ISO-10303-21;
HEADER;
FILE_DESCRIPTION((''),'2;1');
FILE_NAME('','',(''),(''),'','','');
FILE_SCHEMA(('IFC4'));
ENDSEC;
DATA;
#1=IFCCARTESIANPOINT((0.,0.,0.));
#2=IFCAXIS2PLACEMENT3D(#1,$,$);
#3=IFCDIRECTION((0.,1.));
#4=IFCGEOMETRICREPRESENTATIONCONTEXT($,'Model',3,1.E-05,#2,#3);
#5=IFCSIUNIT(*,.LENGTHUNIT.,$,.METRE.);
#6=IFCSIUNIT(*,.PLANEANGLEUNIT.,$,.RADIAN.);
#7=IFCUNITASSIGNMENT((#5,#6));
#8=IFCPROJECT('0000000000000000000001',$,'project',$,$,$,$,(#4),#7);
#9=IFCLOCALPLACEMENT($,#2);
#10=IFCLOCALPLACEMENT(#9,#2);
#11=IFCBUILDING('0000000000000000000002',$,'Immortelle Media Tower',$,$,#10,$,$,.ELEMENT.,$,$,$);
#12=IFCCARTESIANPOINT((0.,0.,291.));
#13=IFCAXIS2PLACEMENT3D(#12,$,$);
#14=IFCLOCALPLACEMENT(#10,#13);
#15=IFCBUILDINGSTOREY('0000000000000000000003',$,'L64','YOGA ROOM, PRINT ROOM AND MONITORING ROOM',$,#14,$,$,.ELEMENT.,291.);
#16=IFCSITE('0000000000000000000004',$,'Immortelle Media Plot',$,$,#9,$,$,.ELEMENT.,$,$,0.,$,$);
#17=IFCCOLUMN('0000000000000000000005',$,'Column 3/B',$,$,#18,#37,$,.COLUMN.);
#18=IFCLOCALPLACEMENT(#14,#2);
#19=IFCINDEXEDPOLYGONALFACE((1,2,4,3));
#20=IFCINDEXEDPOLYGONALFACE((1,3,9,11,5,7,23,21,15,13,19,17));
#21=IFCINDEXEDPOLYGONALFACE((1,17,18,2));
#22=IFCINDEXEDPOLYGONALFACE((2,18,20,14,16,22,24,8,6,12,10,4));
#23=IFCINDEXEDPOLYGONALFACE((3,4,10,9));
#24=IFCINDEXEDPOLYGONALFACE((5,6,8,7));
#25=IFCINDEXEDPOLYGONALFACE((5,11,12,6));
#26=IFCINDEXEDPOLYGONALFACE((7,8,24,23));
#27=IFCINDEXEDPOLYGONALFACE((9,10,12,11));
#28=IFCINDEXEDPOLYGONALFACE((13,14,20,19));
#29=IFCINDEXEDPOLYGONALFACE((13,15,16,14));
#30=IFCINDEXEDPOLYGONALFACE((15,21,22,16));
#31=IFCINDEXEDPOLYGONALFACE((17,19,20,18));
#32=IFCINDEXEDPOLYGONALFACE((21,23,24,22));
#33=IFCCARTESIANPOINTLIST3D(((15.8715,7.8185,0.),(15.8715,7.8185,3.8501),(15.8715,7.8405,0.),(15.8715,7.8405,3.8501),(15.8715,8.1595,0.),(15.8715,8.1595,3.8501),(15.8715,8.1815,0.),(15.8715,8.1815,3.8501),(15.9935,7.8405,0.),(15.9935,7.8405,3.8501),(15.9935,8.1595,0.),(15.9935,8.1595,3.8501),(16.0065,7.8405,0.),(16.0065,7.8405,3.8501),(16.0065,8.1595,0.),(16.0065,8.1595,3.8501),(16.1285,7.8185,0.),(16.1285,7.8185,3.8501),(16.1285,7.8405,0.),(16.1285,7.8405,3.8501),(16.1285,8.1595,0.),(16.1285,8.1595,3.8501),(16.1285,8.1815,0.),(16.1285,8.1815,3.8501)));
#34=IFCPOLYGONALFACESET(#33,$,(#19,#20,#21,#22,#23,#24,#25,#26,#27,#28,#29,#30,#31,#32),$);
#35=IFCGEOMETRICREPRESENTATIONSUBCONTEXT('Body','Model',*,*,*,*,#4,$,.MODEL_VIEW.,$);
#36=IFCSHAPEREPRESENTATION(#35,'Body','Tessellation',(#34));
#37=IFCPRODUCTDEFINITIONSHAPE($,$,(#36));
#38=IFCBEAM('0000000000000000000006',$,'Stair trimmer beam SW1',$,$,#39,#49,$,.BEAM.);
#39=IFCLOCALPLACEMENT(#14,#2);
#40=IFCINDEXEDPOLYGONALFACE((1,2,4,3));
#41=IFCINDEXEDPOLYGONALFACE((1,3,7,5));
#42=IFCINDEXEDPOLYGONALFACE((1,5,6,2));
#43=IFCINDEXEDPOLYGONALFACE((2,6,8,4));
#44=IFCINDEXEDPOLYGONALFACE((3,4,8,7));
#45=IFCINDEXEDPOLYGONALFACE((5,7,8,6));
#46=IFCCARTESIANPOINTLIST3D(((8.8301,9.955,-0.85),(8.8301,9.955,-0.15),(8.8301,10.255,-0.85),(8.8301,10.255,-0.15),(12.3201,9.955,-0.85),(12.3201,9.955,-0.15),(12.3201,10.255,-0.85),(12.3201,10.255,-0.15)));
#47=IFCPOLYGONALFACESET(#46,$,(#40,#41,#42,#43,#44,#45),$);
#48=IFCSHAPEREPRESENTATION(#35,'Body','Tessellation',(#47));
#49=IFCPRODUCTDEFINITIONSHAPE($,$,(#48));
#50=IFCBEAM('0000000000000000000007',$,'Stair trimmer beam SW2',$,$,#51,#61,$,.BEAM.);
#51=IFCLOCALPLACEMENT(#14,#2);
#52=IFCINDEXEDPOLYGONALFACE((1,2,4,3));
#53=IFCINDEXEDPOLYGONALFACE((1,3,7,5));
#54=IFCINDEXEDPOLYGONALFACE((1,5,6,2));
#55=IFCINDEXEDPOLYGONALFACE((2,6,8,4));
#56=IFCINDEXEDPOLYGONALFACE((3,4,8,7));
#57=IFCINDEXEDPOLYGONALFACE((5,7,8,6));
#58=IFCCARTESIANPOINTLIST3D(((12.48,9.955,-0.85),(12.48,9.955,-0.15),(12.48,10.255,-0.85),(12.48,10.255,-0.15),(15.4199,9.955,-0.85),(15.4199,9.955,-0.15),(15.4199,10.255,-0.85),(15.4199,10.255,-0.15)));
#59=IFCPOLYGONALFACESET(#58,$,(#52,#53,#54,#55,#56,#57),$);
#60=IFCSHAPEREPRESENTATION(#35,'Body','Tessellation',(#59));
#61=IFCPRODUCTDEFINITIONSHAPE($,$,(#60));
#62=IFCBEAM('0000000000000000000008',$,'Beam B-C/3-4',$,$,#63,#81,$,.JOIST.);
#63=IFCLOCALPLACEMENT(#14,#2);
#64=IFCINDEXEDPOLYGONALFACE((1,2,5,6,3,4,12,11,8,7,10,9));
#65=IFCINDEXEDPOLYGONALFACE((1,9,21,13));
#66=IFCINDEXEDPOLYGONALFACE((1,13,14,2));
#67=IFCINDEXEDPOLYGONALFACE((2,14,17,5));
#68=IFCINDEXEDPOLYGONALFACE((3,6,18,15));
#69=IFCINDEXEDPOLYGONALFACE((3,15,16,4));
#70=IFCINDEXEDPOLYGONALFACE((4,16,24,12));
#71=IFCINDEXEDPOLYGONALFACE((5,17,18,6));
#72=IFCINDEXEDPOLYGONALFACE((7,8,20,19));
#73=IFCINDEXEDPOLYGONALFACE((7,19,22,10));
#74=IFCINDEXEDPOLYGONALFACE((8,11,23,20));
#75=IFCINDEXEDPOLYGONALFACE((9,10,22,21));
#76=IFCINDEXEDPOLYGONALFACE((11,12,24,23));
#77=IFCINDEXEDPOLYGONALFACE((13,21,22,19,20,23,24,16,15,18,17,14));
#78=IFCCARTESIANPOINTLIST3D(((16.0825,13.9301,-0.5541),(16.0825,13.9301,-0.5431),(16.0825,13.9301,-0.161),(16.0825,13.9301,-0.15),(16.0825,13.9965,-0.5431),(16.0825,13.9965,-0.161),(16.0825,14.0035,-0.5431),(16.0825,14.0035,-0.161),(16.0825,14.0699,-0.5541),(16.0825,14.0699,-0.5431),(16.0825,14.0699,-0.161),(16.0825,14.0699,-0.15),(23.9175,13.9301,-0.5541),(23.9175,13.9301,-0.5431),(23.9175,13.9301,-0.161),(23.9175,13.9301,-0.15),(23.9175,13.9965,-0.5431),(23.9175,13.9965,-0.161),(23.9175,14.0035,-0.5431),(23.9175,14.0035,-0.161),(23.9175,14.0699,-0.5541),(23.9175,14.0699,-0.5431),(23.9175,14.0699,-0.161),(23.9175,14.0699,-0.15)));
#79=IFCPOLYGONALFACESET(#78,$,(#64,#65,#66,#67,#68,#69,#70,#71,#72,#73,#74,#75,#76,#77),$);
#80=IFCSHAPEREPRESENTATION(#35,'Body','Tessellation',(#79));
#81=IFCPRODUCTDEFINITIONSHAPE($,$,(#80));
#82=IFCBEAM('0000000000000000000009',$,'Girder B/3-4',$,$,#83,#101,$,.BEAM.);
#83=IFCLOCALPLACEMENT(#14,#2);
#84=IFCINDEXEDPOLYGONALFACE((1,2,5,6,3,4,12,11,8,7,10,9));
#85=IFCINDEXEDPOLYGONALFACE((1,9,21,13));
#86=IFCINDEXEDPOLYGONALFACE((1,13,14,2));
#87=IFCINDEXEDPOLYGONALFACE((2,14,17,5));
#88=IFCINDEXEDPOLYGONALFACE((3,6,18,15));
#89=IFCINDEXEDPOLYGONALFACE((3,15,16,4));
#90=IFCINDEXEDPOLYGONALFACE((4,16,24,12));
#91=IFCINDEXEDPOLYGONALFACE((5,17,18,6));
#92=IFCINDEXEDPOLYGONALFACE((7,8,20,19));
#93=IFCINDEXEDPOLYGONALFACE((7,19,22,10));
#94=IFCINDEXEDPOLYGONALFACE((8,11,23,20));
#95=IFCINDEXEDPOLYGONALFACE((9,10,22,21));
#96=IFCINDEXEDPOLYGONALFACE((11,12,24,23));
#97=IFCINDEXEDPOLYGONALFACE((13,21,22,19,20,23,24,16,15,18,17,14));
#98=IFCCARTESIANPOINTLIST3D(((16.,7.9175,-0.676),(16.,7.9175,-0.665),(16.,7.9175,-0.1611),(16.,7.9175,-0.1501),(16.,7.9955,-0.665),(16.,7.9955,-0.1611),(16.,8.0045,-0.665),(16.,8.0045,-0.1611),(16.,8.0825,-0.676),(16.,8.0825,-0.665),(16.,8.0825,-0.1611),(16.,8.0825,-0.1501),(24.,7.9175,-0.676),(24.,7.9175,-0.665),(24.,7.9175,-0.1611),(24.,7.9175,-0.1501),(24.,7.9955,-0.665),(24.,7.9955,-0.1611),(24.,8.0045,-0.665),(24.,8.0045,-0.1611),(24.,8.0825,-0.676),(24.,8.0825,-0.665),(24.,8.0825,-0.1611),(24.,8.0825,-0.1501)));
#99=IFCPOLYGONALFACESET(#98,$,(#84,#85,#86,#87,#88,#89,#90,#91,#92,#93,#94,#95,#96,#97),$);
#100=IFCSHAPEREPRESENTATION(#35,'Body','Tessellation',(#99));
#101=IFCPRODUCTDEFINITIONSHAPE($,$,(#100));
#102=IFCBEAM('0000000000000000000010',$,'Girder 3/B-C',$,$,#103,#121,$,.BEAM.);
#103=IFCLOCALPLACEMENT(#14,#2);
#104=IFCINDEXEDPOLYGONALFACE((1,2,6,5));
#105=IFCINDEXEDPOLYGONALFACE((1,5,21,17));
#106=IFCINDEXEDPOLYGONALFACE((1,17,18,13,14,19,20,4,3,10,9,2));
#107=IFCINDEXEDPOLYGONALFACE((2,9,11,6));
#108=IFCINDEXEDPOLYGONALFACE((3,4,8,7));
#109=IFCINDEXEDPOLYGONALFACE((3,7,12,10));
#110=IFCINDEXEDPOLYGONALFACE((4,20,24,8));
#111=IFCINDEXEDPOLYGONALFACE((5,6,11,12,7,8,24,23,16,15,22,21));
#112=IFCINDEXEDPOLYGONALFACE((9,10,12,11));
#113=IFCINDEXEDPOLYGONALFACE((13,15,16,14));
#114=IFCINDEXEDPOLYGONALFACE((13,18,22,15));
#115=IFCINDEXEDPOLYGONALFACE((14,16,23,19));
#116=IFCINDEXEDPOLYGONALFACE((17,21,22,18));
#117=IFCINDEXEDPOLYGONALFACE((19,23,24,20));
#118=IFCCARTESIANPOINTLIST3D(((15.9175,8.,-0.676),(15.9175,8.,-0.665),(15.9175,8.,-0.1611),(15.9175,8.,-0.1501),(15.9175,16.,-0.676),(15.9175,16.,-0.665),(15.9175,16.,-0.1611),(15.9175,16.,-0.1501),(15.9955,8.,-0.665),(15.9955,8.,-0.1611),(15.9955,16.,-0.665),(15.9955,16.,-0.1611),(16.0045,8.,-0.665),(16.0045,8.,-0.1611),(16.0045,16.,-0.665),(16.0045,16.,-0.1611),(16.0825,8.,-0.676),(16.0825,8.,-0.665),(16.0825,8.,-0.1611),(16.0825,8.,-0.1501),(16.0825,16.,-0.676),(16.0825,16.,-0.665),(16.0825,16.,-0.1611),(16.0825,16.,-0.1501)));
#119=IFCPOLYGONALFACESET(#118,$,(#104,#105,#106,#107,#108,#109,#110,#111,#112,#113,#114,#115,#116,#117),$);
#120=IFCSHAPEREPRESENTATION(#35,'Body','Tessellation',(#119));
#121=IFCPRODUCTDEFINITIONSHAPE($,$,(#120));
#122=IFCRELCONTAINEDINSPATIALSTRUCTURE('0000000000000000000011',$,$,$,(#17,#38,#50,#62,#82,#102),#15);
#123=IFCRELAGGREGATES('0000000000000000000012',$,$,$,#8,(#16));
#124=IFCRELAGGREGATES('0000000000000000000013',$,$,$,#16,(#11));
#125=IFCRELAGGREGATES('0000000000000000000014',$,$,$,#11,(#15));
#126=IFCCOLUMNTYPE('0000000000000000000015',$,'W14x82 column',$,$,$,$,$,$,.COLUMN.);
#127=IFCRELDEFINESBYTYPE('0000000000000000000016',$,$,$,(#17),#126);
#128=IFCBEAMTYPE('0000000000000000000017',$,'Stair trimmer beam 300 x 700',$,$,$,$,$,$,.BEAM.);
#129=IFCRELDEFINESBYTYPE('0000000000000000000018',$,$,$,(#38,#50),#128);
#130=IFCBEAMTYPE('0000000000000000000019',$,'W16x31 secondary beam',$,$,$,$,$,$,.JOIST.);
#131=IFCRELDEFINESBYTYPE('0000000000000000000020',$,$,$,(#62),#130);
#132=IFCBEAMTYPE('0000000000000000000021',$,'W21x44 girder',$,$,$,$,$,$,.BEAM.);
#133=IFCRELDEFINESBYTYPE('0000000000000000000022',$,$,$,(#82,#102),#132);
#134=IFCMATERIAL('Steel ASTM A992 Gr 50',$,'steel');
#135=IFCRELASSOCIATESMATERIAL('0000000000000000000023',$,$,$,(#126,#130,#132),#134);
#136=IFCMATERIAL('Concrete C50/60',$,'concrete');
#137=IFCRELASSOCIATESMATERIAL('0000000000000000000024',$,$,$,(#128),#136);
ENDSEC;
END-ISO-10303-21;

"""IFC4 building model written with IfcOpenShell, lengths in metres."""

from ifc_helpers import new_model, si_unit, direction, frame, origin, origin_2d, place, context, subcontext, project, spatial, rectangle, i_section, extrude, material, material_profile, profile_set, type_object, element, save


model = new_model("IFC4")

# Units and contexts
model_context = context("Model", 3, precision=1e-05, world=origin(), true_north=direction((0.0, 1.0)))
body_context = subcontext(model_context, "Body", "Model", "MODEL_VIEW")
ifc_project = project(units=[si_unit("LENGTHUNIT", "METRE"), si_unit("PLANEANGLEUNIT", "RADIAN")], contexts=[model_context])

# Site, building, storey
site_placement = place(None, origin())
site = spatial("IfcSite", under=ifc_project, at=site_placement, Name="Immortelle Media Plot", CompositionType="ELEMENT", RefElevation=0.0)
building_placement = place(site_placement, origin())
building = spatial("IfcBuilding", under=site, at=building_placement, Name="Immortelle Media Tower", CompositionType="ELEMENT")
storey_placement = place(building_placement, frame((0.0, 0.0, 291.0)))
storey = spatial("IfcBuildingStorey", under=building, at=storey_placement, Name="L64", Description="YOGA ROOM, PRINT ROOM AND MONITORING ROOM", CompositionType="ELEMENT", Elevation=291.0)

# Column
ifc_material_1 = material(Name="Steel ASTM A992 Gr 50", Category="steel")
ifc_material_profile_1 = material_profile(ifc_material_1, i_section(OverallWidth=0.2571, OverallDepth=0.363, WebThickness=0.0129, FlangeThickness=0.022, at=origin_2d()), Name="W14x82")
ifc_profile_set_1 = profile_set([ifc_material_profile_1], Name="Steel ASTM A992 Gr 50")
column_type = type_object("IfcColumnType", Name="W14x82 column", PredefinedType="COLUMN", material=ifc_profile_set_1)
column_placement = place(storey_placement, frame((16.0, 8.0, 0.0), z_axis=(0.0, 0.0, 1.0), x_axis=(1.0, 0.0, 0.0)))
element("IfcColumn", 1, at=column_placement, inside=storey, type_object=column_type, Name="Column 3/B", PredefinedType="COLUMN", context=body_context, shape_type="SweptSolid", body=[
    extrude(i_section(OverallWidth=0.2571, OverallDepth=0.363, WebThickness=0.0129, FlangeThickness=0.022, at=origin_2d()), origin(), (0.0, 0.0, 1.0), 3.8501),
])

# Beams
ifc_material_2 = material(Name="Concrete C50/60", Category="concrete")
ifc_material_profile_2 = material_profile(ifc_material_2, rectangle(XDim=0.3, YDim=0.7, at=origin_2d()), Name="RC 300x700")
ifc_profile_set_2 = profile_set([ifc_material_profile_2], Name="Concrete C50/60")
beam_type_1 = type_object("IfcBeamType", Name="Stair trimmer beam 300 x 700", PredefinedType="BEAM", material=ifc_profile_set_2)
beam_1_placement = place(storey_placement, frame((8.8301, 10.105, -0.5), z_axis=(1.0, 0.0, 0.0), x_axis=(0.0, 1.0, 0.0)))
element("IfcBeam", 2, at=beam_1_placement, inside=storey, type_object=beam_type_1, Name="Stair trimmer beam SW1", PredefinedType="BEAM", context=body_context, shape_type="SweptSolid", body=[
    extrude(rectangle(XDim=0.3, YDim=0.7, at=origin_2d()), origin(), (0.0, 0.0, 1.0), 3.49),
])
beam_2_placement = place(storey_placement, frame((12.48, 10.105, -0.5), z_axis=(1.0, 0.0, 0.0), x_axis=(0.0, 1.0, 0.0)))
element("IfcBeam", 3, at=beam_2_placement, inside=storey, type_object=beam_type_1, Name="Stair trimmer beam SW2", PredefinedType="BEAM", context=body_context, shape_type="SweptSolid", body=[
    extrude(rectangle(XDim=0.3, YDim=0.7, at=origin_2d()), origin(), (0.0, 0.0, 1.0), 2.9399),
])
ifc_material_profile_3 = material_profile(ifc_material_1, i_section(OverallWidth=0.1399, OverallDepth=0.4041, WebThickness=0.0071, FlangeThickness=0.011, at=origin_2d()), Name="W16x31")
ifc_profile_set_3 = profile_set([ifc_material_profile_3], Name="Steel ASTM A992 Gr 50")
beam_type_2 = type_object("IfcBeamType", Name="W16x31 secondary beam", PredefinedType="JOIST", material=ifc_profile_set_3)
beam_3_placement = place(storey_placement, frame((16.0825, 14.0, -0.3521), z_axis=(1.0, 0.0, 0.0), x_axis=(0.0, 1.0, 0.0)))
element("IfcBeam", 4, at=beam_3_placement, inside=storey, type_object=beam_type_2, Name="Beam B-C/3-4", PredefinedType="JOIST", context=body_context, shape_type="SweptSolid", body=[
    extrude(i_section(OverallWidth=0.1399, OverallDepth=0.4041, WebThickness=0.0071, FlangeThickness=0.011, at=origin_2d()), origin(), (0.0, 0.0, 1.0), 7.835),
])
ifc_material_profile_4 = material_profile(ifc_material_1, i_section(OverallWidth=0.165, OverallDepth=0.5259, WebThickness=0.009, FlangeThickness=0.011, at=origin_2d()), Name="W21x44")
ifc_profile_set_4 = profile_set([ifc_material_profile_4], Name="Steel ASTM A992 Gr 50")
beam_type_3 = type_object("IfcBeamType", Name="W21x44 girder", PredefinedType="BEAM", material=ifc_profile_set_4)
for number, where, z_axis, x_axis, name in (
    (5, (16.0, 8.0, -0.4131), (1.0, 0.0, 0.0), (0.0, 1.0, 0.0), "Girder B/3-4"),
    (6, (16.0, 8.0, -0.4131), (0.0, 1.0, 0.0), (-1.0, 0.0, 0.0), "Girder 3/B-C"),
):
    element("IfcBeam", number, at=place(storey_placement, frame(where, z_axis=z_axis, x_axis=x_axis)), inside=storey, type_object=beam_type_3, Name=name, PredefinedType="BEAM", context=body_context, shape_type="SweptSolid", body=[
        extrude(i_section(OverallWidth=0.165, OverallDepth=0.5259, WebThickness=0.009, FlangeThickness=0.011, at=origin_2d()), origin(), (0.0, 0.0, 1.0), 8.0),
    ])

save(model, "model.ifc")
